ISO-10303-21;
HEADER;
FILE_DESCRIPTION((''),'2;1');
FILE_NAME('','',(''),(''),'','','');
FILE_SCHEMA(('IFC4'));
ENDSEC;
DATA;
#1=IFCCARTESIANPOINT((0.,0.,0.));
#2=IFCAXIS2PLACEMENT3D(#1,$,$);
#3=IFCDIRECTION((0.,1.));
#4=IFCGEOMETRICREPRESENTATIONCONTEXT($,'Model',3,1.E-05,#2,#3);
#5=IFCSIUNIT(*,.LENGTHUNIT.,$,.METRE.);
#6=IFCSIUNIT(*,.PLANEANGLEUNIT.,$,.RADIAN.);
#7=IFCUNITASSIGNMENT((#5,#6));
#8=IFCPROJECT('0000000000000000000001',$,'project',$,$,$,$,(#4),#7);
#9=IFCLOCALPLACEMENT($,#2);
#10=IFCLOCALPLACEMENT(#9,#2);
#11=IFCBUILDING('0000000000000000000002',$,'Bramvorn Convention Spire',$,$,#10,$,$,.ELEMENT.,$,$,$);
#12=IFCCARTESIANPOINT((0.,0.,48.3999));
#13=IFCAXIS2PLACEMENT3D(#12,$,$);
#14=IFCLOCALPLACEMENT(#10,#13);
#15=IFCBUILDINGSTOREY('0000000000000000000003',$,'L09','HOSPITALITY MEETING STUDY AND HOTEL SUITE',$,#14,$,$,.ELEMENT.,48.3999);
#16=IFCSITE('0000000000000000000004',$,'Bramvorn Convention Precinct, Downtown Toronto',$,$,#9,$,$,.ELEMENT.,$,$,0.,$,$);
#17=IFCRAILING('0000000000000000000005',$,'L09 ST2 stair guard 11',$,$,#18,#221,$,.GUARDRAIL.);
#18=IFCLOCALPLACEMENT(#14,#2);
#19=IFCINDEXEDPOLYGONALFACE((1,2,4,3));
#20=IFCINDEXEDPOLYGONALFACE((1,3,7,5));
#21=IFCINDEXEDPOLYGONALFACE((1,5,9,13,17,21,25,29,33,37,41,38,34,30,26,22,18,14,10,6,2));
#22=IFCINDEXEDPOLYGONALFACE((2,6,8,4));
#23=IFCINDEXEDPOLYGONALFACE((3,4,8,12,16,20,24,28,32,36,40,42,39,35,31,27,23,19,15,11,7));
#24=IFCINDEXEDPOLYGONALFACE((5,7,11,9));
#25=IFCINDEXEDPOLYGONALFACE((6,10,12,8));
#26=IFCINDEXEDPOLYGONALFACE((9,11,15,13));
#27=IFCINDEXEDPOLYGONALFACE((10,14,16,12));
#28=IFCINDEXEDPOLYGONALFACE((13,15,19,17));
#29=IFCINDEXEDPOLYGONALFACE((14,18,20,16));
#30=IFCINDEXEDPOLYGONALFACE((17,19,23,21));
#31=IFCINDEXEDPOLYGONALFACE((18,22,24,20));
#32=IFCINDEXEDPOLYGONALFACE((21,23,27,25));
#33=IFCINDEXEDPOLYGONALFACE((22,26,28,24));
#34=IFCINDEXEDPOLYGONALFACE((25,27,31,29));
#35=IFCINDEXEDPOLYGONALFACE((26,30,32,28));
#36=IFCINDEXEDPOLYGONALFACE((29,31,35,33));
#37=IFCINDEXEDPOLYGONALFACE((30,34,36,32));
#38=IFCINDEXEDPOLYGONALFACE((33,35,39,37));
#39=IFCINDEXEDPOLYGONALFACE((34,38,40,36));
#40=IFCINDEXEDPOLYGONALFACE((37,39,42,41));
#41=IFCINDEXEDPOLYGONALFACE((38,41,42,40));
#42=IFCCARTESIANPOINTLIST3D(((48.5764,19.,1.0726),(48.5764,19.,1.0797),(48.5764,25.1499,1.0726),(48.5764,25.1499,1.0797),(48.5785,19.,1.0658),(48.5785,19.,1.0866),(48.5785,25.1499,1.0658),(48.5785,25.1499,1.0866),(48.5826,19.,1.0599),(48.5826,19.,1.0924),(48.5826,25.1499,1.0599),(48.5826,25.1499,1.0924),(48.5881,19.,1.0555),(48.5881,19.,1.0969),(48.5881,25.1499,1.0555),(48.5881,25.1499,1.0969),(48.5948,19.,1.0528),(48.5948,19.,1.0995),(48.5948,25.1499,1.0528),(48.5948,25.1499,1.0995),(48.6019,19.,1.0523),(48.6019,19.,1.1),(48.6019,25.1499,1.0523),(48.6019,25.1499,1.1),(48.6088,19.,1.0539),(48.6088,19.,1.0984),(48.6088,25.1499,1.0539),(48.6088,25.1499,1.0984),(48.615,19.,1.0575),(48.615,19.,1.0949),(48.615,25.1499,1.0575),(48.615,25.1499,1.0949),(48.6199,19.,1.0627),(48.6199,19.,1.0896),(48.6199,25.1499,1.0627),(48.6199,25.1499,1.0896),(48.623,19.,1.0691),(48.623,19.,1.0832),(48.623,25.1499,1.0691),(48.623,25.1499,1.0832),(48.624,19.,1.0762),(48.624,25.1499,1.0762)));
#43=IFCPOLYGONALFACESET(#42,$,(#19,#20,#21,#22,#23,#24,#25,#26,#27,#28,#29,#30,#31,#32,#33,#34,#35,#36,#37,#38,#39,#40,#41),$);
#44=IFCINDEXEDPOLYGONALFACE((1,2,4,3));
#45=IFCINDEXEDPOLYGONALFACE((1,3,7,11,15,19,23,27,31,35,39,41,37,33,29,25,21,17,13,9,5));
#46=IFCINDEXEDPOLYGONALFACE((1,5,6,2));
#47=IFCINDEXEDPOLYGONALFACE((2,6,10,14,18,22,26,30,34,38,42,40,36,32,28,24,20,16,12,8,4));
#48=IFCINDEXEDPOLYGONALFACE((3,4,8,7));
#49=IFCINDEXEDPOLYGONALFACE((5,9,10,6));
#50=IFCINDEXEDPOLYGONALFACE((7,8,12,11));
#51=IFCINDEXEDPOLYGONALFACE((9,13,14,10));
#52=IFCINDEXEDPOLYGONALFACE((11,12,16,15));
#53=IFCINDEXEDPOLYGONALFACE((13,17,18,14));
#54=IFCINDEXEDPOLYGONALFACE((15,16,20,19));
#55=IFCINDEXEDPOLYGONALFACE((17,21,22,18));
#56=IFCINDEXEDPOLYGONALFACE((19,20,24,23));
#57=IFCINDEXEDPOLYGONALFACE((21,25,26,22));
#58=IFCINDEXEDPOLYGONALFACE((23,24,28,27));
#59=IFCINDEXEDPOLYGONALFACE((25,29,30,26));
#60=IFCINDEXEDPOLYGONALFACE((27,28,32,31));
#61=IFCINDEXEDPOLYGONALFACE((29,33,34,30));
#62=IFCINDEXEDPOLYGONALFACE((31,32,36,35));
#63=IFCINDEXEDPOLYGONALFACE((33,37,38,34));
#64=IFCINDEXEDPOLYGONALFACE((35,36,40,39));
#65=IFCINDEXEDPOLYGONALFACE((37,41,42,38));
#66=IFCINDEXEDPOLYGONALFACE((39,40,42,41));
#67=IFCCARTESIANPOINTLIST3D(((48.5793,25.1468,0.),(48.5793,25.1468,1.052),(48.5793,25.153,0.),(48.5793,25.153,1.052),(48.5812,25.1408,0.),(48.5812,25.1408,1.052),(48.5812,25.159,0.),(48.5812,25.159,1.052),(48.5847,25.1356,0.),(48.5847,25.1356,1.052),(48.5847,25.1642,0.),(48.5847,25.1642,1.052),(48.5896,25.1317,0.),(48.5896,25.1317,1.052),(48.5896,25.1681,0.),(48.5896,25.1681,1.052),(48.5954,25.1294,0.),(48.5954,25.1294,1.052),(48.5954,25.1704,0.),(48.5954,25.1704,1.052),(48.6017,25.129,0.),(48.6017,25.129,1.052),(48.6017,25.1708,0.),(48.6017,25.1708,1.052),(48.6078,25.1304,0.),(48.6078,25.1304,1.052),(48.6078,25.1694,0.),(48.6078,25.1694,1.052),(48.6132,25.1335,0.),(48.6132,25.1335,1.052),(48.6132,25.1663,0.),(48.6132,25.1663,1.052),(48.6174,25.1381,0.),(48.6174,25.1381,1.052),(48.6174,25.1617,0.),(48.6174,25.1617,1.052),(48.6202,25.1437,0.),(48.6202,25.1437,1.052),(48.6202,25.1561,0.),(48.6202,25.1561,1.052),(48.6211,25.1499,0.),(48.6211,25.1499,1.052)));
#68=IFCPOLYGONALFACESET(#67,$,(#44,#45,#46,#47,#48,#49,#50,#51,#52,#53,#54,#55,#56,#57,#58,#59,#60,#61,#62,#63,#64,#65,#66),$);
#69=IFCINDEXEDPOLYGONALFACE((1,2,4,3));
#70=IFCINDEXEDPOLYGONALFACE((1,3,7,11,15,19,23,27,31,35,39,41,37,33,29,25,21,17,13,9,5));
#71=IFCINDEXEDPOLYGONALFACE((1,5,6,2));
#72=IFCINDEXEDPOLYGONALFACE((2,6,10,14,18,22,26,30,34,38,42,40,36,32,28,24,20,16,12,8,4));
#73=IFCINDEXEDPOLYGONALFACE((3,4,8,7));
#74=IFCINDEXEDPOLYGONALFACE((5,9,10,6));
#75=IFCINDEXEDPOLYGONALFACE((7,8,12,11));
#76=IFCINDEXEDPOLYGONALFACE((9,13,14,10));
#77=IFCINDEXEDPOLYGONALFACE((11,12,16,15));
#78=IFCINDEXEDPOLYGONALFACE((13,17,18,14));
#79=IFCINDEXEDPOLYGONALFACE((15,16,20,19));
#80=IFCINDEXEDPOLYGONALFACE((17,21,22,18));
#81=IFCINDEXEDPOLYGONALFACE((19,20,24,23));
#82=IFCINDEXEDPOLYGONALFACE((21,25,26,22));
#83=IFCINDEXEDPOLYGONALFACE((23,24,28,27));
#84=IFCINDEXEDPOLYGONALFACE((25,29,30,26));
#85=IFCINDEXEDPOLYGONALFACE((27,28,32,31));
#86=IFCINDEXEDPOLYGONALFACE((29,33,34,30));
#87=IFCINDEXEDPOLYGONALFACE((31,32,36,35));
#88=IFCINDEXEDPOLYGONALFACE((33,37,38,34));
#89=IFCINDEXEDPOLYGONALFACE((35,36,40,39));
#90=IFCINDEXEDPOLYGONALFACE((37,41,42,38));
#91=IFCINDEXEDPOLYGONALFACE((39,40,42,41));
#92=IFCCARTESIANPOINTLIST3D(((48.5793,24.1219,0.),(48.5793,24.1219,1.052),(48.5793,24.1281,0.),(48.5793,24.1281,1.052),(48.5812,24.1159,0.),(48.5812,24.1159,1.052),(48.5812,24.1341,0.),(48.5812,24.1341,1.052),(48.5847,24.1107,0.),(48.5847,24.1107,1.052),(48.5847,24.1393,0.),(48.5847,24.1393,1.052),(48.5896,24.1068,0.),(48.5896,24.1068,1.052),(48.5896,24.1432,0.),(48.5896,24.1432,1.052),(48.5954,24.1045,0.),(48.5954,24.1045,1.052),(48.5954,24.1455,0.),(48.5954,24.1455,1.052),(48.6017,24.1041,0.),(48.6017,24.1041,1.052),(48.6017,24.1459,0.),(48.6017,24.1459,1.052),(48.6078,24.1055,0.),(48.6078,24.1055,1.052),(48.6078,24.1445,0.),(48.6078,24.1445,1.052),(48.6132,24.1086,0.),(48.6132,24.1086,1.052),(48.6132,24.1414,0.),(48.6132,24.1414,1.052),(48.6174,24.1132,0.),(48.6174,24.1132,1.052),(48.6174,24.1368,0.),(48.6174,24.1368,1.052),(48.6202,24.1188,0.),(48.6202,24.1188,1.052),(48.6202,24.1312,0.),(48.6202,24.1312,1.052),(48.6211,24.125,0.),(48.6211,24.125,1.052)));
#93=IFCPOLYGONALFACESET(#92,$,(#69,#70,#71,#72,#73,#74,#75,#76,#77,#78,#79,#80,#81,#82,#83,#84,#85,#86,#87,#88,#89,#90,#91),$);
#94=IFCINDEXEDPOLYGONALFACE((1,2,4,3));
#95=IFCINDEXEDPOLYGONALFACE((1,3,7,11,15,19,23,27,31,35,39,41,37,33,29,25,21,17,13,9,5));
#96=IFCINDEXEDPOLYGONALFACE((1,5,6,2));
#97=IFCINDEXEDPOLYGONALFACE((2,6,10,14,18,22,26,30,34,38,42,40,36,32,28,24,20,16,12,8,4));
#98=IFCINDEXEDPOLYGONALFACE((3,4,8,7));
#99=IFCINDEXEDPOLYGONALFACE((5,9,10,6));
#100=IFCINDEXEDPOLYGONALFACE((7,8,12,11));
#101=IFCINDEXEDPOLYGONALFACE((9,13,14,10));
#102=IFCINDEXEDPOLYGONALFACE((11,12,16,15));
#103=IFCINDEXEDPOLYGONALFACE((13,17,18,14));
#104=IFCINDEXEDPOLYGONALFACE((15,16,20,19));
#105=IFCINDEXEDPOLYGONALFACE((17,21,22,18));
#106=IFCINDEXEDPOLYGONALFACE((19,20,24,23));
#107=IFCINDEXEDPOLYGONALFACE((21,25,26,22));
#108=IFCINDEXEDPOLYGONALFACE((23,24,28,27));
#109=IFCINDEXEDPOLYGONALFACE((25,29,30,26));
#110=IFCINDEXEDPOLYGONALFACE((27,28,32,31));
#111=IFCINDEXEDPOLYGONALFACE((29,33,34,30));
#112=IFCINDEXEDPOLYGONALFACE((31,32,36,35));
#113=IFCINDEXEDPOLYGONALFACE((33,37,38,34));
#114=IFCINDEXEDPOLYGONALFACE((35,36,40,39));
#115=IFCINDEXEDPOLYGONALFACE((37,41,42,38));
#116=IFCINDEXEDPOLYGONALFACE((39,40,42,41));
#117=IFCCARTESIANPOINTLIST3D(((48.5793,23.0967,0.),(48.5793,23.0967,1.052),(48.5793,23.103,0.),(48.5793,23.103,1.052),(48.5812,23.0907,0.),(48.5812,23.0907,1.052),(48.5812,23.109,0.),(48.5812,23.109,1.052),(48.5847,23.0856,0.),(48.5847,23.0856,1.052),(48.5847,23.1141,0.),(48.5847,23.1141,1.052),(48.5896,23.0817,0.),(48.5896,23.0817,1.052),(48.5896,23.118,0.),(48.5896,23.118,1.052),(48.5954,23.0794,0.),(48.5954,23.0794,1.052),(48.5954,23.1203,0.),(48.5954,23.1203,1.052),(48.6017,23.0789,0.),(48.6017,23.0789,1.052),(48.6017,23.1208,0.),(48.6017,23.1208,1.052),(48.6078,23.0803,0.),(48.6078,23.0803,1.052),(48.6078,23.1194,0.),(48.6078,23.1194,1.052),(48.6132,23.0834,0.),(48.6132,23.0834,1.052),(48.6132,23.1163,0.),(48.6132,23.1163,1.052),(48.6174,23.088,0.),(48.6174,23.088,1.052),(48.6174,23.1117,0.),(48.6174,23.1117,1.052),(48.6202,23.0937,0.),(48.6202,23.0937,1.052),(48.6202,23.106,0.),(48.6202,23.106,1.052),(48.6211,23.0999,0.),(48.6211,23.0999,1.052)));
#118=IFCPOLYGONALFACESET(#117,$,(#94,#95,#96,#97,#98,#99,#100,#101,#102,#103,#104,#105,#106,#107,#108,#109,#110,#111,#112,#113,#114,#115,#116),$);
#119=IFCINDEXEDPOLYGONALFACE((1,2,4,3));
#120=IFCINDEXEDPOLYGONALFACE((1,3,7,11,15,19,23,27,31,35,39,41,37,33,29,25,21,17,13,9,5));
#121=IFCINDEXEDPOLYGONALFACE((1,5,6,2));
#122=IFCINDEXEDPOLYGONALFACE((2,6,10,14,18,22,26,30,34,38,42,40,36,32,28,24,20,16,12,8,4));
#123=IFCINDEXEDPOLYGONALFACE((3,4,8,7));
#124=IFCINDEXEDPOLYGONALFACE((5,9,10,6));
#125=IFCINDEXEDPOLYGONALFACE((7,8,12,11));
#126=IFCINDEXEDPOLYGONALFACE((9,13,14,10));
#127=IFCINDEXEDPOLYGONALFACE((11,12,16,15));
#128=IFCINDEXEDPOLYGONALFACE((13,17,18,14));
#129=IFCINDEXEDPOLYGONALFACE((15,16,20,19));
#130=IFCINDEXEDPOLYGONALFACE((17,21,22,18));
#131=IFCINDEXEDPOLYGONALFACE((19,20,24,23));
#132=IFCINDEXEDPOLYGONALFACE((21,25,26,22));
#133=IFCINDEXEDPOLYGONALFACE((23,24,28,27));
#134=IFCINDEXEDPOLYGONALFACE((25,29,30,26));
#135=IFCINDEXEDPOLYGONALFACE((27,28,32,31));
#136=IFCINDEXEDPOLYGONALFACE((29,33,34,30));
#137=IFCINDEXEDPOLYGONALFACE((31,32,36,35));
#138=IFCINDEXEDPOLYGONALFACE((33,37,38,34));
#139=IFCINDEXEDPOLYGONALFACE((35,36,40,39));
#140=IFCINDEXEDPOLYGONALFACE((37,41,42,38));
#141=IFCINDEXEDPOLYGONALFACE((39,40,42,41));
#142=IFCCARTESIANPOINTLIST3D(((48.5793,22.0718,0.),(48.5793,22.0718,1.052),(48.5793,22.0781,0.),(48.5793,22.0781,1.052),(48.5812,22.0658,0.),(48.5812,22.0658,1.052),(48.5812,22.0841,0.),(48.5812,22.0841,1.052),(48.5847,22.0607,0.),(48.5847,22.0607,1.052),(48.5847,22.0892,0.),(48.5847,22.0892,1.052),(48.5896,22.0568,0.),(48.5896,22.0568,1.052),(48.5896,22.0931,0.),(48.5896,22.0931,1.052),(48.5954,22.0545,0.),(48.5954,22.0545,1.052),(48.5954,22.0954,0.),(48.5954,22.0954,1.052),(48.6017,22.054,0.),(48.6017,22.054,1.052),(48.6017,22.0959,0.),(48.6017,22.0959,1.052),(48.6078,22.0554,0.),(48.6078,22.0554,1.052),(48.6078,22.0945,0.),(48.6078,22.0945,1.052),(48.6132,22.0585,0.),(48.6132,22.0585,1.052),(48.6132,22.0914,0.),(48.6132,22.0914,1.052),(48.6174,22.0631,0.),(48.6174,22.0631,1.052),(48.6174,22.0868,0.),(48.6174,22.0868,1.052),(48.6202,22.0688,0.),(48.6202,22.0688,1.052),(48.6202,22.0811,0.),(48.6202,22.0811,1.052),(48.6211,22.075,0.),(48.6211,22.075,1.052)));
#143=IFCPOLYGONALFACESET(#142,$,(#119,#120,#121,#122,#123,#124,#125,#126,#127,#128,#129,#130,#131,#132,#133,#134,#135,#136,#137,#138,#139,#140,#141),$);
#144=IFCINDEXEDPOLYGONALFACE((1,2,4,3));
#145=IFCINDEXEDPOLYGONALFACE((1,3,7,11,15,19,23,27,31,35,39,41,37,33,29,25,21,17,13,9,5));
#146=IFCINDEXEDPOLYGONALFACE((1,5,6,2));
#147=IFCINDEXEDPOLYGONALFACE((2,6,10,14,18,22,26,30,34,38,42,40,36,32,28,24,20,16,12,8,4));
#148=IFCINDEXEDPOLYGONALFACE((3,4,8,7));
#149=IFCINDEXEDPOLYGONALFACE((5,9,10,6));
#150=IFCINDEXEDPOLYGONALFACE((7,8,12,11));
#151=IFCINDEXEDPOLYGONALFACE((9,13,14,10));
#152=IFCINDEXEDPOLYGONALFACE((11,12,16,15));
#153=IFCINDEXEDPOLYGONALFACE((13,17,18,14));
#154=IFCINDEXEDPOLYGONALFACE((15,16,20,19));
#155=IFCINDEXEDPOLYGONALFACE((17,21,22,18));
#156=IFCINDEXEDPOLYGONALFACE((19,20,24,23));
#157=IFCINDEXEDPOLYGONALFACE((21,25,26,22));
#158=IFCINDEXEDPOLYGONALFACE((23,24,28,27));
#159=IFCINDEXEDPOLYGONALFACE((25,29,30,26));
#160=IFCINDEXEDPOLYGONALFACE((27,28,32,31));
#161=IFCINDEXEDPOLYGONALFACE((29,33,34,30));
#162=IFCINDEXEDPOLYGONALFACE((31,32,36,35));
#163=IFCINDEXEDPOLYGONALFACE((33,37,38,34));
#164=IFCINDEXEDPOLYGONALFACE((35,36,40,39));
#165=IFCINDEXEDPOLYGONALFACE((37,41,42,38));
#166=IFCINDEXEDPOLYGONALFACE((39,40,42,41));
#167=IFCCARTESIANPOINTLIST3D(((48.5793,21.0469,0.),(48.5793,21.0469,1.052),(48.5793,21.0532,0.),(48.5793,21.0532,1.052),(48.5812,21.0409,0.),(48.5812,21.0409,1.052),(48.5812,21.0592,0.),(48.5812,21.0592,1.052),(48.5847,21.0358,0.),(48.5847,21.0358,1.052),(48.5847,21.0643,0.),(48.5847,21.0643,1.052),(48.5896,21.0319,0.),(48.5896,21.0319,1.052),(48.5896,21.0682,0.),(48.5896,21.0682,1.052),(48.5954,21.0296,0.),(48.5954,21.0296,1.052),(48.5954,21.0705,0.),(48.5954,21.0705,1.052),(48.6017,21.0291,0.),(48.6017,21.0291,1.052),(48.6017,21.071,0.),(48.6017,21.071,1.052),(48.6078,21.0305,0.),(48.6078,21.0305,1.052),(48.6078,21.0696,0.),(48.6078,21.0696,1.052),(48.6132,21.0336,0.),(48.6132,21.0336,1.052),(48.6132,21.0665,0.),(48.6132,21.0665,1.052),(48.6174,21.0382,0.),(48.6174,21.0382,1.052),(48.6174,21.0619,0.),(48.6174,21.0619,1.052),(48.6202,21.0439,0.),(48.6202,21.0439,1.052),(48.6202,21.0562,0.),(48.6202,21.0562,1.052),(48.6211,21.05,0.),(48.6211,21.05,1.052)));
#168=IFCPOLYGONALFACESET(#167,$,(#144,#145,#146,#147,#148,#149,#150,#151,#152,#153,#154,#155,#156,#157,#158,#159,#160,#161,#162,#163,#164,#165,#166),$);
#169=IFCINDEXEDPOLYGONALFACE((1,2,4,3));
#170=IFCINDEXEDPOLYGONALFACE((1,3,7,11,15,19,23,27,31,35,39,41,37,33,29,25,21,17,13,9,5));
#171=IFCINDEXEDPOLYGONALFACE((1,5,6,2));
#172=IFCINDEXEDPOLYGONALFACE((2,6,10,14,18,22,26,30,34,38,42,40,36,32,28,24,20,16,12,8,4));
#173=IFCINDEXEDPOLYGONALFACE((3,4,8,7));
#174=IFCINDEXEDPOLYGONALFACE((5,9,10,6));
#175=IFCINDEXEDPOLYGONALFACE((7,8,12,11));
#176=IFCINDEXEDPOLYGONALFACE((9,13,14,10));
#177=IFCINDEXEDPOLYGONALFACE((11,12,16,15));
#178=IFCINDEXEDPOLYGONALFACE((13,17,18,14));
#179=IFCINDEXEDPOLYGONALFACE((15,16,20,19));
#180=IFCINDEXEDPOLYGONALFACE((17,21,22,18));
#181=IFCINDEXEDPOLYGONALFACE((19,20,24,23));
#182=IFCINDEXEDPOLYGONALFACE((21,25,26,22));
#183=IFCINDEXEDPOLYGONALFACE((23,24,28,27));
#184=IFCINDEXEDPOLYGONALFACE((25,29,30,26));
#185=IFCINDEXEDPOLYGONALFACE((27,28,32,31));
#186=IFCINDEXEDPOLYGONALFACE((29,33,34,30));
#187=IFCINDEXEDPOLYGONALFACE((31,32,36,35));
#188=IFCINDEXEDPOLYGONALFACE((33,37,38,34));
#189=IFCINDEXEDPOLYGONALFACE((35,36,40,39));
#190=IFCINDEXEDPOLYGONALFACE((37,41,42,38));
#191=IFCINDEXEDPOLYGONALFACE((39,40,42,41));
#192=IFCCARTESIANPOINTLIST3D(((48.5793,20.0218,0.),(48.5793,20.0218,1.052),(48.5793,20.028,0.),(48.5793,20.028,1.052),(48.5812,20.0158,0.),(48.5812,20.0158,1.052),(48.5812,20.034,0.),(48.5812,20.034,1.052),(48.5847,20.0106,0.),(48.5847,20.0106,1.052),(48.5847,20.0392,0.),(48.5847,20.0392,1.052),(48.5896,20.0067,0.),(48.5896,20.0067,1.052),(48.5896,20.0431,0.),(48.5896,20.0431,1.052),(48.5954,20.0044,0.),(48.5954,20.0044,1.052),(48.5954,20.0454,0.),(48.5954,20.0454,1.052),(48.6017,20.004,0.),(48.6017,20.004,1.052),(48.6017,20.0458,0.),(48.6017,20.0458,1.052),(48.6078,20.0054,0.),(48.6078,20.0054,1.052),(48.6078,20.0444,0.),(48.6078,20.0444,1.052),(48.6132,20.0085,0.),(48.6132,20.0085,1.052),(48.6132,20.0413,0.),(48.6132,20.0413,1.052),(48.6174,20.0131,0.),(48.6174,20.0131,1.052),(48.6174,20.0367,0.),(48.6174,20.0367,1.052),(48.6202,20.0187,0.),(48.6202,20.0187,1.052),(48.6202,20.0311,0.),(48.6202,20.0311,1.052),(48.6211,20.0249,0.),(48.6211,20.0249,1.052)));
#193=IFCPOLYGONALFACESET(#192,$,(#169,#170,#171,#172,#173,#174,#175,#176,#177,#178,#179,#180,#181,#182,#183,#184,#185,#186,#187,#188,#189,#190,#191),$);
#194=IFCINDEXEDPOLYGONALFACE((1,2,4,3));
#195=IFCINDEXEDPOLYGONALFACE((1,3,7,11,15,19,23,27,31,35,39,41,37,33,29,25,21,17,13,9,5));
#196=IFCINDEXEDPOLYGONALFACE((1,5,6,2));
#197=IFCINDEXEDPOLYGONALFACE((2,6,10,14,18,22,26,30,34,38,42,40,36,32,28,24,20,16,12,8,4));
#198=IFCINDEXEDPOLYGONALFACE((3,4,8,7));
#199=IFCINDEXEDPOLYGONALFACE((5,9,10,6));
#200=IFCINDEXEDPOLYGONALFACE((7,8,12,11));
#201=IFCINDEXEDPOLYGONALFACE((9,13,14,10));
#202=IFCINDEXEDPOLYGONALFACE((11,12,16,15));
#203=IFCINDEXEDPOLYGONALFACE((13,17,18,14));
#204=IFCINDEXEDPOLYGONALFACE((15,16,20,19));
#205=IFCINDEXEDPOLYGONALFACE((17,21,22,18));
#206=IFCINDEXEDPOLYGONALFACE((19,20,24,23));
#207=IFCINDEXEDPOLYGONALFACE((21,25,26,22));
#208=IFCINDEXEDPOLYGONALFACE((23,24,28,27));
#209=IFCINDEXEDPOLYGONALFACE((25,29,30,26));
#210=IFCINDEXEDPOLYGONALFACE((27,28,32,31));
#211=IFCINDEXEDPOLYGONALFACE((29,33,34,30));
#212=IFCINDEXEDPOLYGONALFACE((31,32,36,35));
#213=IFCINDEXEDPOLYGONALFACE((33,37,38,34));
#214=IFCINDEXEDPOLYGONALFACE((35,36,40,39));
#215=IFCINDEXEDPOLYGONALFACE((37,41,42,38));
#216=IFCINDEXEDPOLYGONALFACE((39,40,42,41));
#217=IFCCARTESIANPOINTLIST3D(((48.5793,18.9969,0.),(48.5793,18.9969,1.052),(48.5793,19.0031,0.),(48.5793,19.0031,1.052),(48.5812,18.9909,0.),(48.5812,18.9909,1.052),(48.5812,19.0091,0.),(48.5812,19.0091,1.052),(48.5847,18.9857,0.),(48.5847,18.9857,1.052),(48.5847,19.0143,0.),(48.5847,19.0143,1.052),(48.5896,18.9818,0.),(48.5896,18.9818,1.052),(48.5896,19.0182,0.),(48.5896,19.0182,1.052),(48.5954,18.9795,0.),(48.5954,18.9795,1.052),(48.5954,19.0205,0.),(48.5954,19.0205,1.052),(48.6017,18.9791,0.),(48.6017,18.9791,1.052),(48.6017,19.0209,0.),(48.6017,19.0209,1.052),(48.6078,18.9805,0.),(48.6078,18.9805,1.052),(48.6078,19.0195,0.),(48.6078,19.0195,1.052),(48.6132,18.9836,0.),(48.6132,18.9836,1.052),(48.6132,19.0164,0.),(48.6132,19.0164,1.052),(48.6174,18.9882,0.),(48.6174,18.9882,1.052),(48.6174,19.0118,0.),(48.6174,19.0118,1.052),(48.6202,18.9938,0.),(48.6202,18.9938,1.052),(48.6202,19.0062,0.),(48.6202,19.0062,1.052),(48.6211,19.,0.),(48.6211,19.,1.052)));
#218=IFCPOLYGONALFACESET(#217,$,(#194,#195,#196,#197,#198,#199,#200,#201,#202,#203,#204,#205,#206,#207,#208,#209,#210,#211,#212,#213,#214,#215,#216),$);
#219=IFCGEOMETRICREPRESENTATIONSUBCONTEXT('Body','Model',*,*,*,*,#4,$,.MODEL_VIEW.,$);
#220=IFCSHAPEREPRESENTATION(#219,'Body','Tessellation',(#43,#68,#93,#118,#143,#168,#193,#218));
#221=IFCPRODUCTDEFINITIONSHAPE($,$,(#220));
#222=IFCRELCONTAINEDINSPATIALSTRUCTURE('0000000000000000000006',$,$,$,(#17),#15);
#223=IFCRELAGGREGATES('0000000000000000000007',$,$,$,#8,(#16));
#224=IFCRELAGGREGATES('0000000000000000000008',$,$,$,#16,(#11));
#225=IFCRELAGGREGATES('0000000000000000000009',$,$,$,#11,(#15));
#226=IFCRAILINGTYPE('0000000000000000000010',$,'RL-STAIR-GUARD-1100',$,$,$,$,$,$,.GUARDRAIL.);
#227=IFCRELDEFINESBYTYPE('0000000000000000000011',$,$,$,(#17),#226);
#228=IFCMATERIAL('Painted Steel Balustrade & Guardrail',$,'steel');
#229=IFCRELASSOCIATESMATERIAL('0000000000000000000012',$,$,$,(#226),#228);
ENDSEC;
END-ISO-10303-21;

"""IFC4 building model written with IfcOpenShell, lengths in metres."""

from ifc_helpers import new_model, si_unit, direction, frame, origin, origin_2d, place, context, subcontext, project, spatial, circle, extrude, material, type_object, element, save


model = new_model("IFC4")

# Units and contexts
model_context = context("Model", 3, precision=1e-05, world=origin(), true_north=direction((0.0, 1.0)))
body_context = subcontext(model_context, "Body", "Model", "MODEL_VIEW")
ifc_project = project(units=[si_unit("LENGTHUNIT", "METRE"), si_unit("PLANEANGLEUNIT", "RADIAN")], contexts=[model_context])

# Site, building, storey
site_placement = place(None, origin())
site = spatial("IfcSite", under=ifc_project, at=site_placement, Name="Bramvorn Convention Precinct, Downtown Toronto", CompositionType="ELEMENT", RefElevation=0.0)
building_placement = place(site_placement, origin())
building = spatial("IfcBuilding", under=site, at=building_placement, Name="Bramvorn Convention Spire", CompositionType="ELEMENT")
storey_placement = place(building_placement, frame((0.0, 0.0, 48.3999)))
storey = spatial("IfcBuildingStorey", under=building, at=storey_placement, Name="L09", Description="HOSPITALITY MEETING STUDY AND HOTEL SUITE", CompositionType="ELEMENT", Elevation=48.3999)

# Railing
ifc_material_1 = material(Name="Painted Steel Balustrade & Guardrail", Category="steel")
railing_type_1 = type_object("IfcRailingType", Name="RL-STAIR-GUARD-1100", PredefinedType="GUARDRAIL", material=ifc_material_1)
railing_1_placement = place(storey_placement, frame((48.6001, 25.1499, 0.0)))
element("IfcRailing", 1, at=railing_1_placement, inside=storey, type_object=railing_type_1, Name="L09 ST2 stair guard 11", PredefinedType="GUARDRAIL", context=body_context, shape_type="SweptSolid", body=[
    extrude(circle(Radius=0.0239, at=origin_2d()), frame((0.0, 0.0, 1.0762), z_axis=(0.0, -1.0, 0.0), x_axis=(1.0, 0.0, 0.0)), (0.0, 0.0, 1.0), 6.1499),
    extrude(circle(Radius=0.021, at=origin_2d()), origin(), (0.0, 0.0, 1.0), 1.052),
    extrude(circle(Radius=0.021, at=origin_2d()), frame((0.0, -1.0249, 0.0)), (0.0, 0.0, 1.0), 1.052),
    extrude(circle(Radius=0.021, at=origin_2d()), frame((0.0, -2.05, 0.0)), (0.0, 0.0, 1.0), 1.052),
    extrude(circle(Radius=0.021, at=origin_2d()), frame((0.0, -3.075, 0.0)), (0.0, 0.0, 1.0), 1.052),
    extrude(circle(Radius=0.021, at=origin_2d()), frame((0.0, -4.0999, 0.0)), (0.0, 0.0, 1.0), 1.052),
    extrude(circle(Radius=0.021, at=origin_2d()), frame((0.0, -5.125, 0.0)), (0.0, 0.0, 1.0), 1.052),
    extrude(circle(Radius=0.021, at=origin_2d()), frame((0.0, -6.1499, 0.0)), (0.0, 0.0, 1.0), 1.052),
])

save(model, "model.ifc")
